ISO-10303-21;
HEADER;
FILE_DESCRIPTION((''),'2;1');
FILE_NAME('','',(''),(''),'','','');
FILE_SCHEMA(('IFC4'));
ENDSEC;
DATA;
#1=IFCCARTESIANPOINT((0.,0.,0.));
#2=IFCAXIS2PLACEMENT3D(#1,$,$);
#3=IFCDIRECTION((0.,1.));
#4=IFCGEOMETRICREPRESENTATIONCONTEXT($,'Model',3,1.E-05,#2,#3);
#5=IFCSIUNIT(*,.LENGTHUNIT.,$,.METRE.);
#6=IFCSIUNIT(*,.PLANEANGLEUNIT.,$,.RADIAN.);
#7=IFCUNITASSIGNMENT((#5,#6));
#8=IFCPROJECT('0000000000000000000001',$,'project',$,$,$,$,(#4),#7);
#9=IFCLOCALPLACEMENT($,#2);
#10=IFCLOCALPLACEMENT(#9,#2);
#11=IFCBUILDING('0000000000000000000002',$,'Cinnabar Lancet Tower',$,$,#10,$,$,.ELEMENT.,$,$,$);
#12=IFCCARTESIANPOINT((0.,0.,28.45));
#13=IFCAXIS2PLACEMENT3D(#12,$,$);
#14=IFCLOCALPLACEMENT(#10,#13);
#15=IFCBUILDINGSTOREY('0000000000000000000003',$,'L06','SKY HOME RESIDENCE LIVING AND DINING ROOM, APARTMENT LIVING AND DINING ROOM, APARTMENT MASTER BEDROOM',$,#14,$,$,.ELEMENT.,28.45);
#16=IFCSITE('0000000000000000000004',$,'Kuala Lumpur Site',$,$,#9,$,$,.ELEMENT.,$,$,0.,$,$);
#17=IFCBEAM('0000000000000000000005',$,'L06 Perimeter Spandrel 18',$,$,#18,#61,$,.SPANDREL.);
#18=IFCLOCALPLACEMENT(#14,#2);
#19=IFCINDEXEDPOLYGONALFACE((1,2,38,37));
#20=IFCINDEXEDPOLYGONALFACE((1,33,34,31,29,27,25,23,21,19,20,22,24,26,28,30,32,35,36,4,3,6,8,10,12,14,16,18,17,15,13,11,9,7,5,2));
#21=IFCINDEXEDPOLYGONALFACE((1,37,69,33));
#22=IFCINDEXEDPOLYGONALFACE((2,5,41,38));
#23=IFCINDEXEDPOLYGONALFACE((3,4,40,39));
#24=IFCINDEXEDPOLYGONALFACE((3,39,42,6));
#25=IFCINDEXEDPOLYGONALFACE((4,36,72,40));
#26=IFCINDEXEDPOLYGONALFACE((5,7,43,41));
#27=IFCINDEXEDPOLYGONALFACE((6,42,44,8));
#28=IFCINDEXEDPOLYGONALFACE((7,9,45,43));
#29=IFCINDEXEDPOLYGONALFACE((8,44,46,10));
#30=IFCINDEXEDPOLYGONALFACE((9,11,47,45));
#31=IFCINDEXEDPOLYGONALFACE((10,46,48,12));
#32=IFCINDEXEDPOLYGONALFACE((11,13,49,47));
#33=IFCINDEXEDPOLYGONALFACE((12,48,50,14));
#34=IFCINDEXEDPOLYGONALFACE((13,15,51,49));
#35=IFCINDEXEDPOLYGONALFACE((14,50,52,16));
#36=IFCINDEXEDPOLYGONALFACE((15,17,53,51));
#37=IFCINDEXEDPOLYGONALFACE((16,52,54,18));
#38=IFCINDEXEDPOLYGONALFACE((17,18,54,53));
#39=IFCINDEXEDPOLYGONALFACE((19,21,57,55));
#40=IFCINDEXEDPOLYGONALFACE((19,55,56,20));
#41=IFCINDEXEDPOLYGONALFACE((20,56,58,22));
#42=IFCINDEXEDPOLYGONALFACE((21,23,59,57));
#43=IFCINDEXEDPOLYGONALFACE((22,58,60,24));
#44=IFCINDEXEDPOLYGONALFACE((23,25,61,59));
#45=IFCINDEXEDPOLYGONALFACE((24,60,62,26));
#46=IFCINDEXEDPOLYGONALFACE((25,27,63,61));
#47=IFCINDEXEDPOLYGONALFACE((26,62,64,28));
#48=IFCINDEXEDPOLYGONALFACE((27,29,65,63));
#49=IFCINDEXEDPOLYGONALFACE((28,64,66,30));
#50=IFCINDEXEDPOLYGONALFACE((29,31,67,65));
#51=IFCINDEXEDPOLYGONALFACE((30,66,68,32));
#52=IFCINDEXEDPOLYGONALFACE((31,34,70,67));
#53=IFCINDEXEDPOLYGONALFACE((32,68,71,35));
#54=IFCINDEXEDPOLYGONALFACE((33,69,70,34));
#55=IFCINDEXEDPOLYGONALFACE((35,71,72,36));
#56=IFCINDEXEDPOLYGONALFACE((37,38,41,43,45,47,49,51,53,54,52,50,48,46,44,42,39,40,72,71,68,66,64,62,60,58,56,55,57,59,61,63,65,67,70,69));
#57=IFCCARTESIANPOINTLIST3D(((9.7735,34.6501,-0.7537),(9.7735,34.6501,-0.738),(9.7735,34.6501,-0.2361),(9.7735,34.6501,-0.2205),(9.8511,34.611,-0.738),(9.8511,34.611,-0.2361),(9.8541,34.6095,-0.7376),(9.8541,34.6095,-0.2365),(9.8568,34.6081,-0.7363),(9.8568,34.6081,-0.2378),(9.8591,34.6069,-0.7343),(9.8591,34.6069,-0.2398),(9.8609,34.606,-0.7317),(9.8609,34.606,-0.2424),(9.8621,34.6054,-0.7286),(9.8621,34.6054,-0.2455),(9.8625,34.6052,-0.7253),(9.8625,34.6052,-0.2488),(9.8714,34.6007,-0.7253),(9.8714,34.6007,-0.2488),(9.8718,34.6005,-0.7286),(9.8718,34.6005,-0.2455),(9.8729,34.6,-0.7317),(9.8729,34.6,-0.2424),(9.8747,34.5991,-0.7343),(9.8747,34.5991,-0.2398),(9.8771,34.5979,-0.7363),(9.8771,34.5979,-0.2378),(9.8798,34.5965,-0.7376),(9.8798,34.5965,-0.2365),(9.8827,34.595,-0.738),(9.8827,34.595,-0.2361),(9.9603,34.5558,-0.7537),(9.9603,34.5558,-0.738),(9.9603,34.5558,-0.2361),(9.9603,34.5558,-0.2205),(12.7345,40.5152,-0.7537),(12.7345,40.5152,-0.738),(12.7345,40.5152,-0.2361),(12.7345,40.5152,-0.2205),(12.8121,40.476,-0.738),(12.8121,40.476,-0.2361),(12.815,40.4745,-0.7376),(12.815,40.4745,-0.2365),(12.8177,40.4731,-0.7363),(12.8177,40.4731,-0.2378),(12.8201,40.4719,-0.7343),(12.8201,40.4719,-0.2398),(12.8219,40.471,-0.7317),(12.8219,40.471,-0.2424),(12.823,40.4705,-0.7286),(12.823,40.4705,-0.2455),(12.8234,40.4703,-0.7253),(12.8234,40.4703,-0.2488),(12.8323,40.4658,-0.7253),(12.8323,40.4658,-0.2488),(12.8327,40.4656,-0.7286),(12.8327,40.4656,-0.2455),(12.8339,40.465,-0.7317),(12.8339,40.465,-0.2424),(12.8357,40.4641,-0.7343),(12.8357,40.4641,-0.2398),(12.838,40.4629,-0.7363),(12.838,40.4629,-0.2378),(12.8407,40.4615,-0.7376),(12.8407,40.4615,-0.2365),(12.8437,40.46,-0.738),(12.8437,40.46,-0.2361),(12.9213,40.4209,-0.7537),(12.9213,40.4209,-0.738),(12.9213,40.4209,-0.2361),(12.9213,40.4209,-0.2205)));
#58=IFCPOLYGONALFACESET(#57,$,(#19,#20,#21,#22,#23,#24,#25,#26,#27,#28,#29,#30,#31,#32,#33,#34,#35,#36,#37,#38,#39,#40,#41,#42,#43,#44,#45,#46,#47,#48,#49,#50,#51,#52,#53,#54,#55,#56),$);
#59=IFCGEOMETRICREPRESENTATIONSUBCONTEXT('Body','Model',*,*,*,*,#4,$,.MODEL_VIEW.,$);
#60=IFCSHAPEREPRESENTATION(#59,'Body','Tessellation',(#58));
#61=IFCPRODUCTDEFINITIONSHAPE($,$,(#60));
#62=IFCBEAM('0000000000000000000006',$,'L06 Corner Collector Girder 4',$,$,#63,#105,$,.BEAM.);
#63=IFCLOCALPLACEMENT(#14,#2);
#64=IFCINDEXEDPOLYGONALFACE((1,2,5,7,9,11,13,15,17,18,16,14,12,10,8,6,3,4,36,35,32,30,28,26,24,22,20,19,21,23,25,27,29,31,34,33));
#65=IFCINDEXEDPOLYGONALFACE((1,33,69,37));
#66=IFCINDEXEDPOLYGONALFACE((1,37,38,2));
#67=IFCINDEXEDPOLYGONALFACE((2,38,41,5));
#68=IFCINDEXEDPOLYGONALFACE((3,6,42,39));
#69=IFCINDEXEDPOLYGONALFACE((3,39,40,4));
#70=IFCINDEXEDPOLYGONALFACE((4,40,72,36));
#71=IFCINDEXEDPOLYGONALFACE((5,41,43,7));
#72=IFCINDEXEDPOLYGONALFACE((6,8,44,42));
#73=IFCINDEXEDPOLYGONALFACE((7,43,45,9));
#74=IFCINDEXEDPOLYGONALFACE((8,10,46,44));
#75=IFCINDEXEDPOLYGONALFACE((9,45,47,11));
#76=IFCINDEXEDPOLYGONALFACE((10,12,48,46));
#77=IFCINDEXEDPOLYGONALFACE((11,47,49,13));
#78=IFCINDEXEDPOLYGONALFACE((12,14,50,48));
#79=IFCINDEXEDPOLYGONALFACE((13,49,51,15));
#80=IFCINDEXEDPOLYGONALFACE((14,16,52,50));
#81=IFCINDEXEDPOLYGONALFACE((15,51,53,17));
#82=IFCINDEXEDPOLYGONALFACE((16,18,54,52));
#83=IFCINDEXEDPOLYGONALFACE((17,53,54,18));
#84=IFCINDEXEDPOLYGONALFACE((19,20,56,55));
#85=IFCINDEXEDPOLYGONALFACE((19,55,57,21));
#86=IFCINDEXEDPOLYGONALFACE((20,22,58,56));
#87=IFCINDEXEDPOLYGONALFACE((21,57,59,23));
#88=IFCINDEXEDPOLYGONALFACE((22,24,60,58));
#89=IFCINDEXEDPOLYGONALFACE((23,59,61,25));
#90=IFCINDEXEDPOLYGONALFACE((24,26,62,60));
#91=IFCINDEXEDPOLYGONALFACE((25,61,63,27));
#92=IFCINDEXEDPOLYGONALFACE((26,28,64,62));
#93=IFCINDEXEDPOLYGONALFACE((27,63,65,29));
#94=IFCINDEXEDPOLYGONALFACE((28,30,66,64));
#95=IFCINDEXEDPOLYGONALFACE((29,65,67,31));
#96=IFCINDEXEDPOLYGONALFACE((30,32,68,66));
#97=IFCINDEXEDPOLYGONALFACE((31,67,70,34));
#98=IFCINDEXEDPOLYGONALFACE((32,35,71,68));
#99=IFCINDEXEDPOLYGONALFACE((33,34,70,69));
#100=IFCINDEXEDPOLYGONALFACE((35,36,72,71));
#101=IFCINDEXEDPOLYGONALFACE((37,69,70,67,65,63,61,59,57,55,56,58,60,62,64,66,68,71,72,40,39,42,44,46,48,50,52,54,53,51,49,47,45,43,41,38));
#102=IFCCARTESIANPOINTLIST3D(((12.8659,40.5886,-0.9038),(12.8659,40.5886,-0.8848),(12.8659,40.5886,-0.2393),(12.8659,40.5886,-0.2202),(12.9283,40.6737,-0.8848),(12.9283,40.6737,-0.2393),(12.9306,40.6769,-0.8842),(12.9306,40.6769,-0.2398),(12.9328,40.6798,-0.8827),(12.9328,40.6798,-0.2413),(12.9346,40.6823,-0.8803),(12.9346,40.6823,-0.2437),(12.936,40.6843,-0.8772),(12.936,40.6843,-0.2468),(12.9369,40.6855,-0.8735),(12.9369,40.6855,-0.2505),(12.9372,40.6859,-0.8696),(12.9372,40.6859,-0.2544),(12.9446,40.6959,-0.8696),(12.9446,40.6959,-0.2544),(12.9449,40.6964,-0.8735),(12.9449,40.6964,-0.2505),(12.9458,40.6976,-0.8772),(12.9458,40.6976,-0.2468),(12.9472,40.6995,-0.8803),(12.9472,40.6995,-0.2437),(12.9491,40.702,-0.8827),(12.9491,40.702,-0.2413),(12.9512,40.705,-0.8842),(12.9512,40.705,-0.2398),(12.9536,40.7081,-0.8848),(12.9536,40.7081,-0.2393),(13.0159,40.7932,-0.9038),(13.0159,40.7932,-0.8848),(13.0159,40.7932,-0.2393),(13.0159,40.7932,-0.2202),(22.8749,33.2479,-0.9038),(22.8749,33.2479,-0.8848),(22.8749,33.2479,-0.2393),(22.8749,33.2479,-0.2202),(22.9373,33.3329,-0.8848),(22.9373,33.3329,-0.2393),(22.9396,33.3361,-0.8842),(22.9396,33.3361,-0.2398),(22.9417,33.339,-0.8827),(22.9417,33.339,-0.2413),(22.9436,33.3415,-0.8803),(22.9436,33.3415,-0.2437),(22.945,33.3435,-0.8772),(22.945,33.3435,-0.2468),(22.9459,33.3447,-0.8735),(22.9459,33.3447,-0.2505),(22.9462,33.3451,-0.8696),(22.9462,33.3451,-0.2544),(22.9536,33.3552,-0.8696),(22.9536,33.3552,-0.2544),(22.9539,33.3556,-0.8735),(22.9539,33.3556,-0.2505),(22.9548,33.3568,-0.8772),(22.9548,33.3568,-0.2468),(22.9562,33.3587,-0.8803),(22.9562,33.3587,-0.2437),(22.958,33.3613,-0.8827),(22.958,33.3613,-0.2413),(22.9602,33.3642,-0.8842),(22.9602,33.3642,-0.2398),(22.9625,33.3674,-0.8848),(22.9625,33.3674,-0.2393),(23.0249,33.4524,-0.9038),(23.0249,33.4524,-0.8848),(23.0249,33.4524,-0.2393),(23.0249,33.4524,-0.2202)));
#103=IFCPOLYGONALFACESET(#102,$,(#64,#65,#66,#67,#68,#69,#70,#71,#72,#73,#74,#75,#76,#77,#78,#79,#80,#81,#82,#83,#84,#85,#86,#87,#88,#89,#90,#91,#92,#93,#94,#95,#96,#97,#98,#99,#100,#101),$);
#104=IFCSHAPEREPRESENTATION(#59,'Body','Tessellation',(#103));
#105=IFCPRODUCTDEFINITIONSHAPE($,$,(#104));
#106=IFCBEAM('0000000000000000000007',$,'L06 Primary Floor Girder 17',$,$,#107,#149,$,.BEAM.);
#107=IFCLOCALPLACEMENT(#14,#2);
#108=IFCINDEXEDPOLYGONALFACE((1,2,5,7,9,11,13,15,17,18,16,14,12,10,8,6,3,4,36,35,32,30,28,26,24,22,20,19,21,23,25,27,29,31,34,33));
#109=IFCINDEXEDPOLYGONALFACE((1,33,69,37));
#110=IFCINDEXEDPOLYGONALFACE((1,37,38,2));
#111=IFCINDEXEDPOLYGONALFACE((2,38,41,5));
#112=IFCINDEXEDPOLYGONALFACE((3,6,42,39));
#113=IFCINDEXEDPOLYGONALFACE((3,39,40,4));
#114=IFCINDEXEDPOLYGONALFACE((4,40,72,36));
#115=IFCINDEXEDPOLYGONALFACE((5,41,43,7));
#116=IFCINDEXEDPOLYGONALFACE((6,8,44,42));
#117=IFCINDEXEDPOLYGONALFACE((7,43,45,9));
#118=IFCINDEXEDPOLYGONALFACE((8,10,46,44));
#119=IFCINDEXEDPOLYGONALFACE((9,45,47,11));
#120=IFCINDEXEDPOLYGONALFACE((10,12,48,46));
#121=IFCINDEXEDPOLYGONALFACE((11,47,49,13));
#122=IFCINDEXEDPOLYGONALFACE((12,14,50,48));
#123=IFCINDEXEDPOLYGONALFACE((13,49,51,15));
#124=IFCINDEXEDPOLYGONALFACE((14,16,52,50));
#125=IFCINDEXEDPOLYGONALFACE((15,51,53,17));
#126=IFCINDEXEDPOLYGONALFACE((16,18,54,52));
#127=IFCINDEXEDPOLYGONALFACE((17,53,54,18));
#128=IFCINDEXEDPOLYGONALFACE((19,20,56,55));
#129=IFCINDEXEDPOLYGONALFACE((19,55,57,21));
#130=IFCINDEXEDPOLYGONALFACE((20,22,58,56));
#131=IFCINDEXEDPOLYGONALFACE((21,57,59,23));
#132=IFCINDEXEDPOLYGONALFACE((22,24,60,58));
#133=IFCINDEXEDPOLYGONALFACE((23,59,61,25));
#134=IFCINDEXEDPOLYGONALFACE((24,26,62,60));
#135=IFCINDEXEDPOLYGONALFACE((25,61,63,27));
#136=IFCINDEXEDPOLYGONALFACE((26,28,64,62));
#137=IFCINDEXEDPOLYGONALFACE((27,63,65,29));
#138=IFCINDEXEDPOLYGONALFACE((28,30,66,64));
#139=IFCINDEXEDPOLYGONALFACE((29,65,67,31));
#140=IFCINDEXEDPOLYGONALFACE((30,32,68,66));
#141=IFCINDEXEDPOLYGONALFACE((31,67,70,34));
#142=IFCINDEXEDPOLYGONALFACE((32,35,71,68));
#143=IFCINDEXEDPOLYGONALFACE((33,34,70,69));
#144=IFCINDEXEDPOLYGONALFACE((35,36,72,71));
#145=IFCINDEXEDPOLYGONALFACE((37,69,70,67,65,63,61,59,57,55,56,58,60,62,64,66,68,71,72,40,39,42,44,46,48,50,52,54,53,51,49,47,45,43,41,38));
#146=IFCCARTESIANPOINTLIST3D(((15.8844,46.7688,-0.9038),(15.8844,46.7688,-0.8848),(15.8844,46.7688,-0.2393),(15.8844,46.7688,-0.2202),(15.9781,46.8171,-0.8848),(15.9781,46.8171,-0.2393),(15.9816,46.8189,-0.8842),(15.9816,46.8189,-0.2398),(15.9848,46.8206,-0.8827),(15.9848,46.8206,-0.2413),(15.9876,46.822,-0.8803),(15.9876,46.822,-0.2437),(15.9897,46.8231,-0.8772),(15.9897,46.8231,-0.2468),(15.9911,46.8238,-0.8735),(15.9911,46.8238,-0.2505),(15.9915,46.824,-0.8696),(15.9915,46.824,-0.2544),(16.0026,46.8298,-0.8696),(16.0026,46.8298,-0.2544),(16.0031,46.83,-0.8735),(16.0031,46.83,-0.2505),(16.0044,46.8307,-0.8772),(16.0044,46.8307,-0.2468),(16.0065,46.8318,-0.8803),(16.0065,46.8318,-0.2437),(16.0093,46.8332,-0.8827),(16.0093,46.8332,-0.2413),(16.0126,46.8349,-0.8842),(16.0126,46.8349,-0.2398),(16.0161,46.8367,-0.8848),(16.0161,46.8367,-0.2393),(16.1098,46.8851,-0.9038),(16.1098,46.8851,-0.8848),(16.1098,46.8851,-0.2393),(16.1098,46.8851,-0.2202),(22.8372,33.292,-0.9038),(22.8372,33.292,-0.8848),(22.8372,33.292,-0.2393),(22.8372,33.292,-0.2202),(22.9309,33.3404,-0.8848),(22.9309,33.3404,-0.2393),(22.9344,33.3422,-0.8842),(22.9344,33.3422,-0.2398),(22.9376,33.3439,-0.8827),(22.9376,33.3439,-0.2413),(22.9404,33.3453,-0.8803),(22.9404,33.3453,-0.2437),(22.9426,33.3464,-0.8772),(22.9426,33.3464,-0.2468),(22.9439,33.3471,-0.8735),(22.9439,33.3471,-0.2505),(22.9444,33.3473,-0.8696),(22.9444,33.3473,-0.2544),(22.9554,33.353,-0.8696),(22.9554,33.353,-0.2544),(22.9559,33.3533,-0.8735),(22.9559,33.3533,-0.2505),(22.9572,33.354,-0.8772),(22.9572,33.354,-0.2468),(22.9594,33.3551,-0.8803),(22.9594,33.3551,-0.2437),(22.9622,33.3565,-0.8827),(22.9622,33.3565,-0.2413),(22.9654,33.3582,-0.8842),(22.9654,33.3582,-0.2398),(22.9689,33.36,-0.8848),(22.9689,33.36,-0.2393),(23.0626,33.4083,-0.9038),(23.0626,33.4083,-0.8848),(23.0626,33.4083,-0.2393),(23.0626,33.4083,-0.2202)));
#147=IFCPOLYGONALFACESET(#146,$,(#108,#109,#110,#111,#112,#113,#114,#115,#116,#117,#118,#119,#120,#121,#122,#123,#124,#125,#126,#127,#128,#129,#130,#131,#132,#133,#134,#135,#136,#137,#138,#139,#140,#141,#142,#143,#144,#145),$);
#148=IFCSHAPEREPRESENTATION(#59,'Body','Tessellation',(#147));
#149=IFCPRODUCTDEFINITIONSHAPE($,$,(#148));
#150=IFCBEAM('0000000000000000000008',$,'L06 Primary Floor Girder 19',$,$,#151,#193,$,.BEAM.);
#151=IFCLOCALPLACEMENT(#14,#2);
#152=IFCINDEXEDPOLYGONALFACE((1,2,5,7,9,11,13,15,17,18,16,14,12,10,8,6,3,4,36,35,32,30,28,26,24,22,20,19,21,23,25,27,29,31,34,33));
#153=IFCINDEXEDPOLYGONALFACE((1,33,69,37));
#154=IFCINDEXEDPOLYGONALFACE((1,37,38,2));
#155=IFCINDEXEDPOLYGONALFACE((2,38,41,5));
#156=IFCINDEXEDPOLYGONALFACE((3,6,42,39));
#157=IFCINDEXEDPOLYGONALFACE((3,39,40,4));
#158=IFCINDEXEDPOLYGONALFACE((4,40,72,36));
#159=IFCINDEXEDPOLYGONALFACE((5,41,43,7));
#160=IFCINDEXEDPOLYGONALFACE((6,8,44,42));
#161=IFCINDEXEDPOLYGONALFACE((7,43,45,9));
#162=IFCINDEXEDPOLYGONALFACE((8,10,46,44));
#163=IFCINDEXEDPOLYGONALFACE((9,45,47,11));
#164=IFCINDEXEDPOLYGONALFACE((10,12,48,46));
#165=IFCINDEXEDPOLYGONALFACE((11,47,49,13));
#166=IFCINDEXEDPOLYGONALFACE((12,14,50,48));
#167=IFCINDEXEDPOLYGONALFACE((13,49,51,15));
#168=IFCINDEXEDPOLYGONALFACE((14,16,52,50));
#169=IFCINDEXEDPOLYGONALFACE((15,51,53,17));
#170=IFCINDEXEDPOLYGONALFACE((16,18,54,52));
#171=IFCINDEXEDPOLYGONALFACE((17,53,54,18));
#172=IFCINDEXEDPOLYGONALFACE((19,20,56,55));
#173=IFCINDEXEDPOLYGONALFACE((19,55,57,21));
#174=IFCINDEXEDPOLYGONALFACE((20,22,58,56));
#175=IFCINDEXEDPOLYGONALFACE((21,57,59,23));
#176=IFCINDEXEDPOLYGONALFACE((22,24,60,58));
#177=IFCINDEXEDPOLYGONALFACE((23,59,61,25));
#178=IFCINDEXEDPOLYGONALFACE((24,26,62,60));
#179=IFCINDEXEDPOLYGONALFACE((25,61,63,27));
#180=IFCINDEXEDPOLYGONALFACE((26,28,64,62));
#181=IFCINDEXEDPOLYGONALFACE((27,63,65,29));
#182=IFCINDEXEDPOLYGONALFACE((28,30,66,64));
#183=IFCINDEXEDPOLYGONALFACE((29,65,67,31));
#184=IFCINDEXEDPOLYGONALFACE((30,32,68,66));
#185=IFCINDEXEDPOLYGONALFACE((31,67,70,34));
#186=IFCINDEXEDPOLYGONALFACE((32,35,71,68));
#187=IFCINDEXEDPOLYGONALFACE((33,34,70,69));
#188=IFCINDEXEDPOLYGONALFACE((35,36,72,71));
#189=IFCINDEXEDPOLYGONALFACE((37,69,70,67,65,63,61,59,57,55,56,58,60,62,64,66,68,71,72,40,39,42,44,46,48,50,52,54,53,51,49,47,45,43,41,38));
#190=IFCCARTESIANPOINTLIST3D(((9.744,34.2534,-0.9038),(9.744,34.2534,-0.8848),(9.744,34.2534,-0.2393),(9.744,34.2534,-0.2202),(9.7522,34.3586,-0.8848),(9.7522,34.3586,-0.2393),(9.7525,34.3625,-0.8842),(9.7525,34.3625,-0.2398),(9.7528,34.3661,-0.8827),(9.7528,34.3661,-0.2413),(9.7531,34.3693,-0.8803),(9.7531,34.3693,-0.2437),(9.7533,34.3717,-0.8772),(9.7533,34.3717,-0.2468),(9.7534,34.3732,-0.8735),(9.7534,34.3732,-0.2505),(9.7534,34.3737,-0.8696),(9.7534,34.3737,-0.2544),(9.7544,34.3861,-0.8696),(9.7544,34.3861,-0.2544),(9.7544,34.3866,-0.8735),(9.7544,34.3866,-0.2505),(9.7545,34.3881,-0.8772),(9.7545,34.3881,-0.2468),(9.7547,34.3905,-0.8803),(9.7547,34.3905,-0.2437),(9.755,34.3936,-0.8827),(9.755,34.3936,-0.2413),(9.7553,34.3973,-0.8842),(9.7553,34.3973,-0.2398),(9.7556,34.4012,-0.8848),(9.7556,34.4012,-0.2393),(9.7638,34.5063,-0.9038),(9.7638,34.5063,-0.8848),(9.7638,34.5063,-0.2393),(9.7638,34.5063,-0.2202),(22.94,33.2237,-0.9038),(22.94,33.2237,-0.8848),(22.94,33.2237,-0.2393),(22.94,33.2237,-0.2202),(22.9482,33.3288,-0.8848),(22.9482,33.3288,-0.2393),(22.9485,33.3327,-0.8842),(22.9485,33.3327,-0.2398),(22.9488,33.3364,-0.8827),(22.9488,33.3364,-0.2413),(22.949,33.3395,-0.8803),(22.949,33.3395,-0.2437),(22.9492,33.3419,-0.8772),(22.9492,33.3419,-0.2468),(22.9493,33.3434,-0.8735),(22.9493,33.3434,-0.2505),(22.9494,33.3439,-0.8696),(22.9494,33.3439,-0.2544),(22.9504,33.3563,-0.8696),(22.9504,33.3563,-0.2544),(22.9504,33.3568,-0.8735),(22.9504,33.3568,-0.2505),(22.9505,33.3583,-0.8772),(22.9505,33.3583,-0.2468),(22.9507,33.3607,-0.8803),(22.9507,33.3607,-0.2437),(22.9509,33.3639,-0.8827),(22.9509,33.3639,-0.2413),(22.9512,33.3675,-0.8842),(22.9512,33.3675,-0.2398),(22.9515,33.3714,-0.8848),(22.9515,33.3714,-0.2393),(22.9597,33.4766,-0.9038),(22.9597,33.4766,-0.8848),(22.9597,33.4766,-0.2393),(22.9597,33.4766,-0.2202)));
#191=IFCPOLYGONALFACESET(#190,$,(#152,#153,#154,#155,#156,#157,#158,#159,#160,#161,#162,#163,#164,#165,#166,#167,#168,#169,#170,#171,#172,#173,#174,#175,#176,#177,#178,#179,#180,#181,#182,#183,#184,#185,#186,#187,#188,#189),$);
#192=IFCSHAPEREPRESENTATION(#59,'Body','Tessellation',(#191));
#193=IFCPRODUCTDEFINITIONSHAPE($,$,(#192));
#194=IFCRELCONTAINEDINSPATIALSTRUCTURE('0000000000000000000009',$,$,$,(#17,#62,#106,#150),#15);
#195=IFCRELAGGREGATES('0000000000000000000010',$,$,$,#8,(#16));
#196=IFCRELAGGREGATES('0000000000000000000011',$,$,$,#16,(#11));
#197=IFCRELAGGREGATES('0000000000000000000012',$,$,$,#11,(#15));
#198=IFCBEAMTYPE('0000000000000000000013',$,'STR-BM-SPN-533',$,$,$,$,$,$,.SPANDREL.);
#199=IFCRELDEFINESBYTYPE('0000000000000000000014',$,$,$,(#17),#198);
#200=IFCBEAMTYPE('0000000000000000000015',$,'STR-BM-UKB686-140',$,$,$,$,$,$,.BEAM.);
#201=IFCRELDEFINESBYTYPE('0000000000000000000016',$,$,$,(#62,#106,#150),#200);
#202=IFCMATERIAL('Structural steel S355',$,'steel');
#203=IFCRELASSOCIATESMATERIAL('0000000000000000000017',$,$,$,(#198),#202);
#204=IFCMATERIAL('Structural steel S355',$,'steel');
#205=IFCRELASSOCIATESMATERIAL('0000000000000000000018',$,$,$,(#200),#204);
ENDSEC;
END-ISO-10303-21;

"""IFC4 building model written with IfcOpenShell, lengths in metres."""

from ifc_helpers import new_model, si_unit, direction, frame, origin, origin_2d, place, context, subcontext, project, spatial, i_section, extrude, material, material_profile, profile_set, type_object, element, save


model = new_model("IFC4")

# Units and contexts
model_context = context("Model", 3, precision=1e-05, world=origin(), true_north=direction((0.0, 1.0)))
body_context = subcontext(model_context, "Body", "Model", "MODEL_VIEW")
ifc_project = project(units=[si_unit("LENGTHUNIT", "METRE"), si_unit("PLANEANGLEUNIT", "RADIAN")], contexts=[model_context])

# Site, building, storey
site_placement = place(None, origin())
site = spatial("IfcSite", under=ifc_project, at=site_placement, Name="Kuala Lumpur Site", CompositionType="ELEMENT", RefElevation=0.0)
building_placement = place(site_placement, origin())
building = spatial("IfcBuilding", under=site, at=building_placement, Name="Cinnabar Lancet Tower", CompositionType="ELEMENT")
storey_placement = place(building_placement, frame((0.0, 0.0, 28.45)))
storey = spatial("IfcBuildingStorey", under=building, at=storey_placement, Name="L06", Description="SKY HOME RESIDENCE LIVING AND DINING ROOM, APARTMENT LIVING AND DINING ROOM, APARTMENT MASTER BEDROOM", CompositionType="ELEMENT", Elevation=28.45)

# Beams
ifc_material_1 = material(Name="Structural steel S355", Category="steel")
ifc_material_profile_1 = material_profile(ifc_material_1, i_section(OverallWidth=0.2092, OverallDepth=0.5332, WebThickness=0.01, FlangeThickness=0.0156, FilletRadius=0.0127, at=origin_2d()), Name="UKB 533x210x92")
ifc_profile_set_1 = profile_set([ifc_material_profile_1], Name="Structural steel S355")
beam_type_1 = type_object("IfcBeamType", Name="STR-BM-SPN-533", PredefinedType="SPANDREL", material=ifc_profile_set_1)
beam_1_placement = place(storey_placement, frame((12.8279, 40.468, -0.4871), z_axis=(-0.450674, -0.892689, 0.0), x_axis=(0.892689, -0.450674, 0.0)))
element("IfcBeam", 1, at=beam_1_placement, inside=storey, type_object=beam_type_1, Name="L06 Perimeter Spandrel 18", PredefinedType="SPANDREL", context=body_context, shape_type="SweptSolid", body=[
    extrude(i_section(OverallWidth=0.2092, OverallDepth=0.5332, WebThickness=0.01, FlangeThickness=0.0156, FilletRadius=0.0127, at=origin_2d()), origin(), (0.0, 0.0, 1.0), 6.5701),
])
ifc_material_2 = material(Name="Structural steel S355", Category="steel")
ifc_material_profile_2 = material_profile(ifc_material_2, i_section(OverallWidth=0.2537, OverallDepth=0.6836, WebThickness=0.0125, FlangeThickness=0.019, FilletRadius=0.0151, at=origin_2d()), Name="UKB 686x254x140")
ifc_profile_set_2 = profile_set([ifc_material_profile_2], Name="Structural steel S355")
beam_type_2 = type_object("IfcBeamType", Name="STR-BM-UKB686-140", PredefinedType="BEAM", material=ifc_profile_set_2)
beam_2_placement = place(storey_placement, frame((12.9409, 40.6909, -0.562), z_axis=(0.806372, -0.591409, 0.0), x_axis=(0.591409, 0.806372, 0.0)))
element("IfcBeam", 2, at=beam_2_placement, inside=storey, type_object=beam_type_2, Name="L06 Corner Collector Girder 4", PredefinedType="BEAM", context=body_context, shape_type="SweptSolid", body=[
    extrude(i_section(OverallWidth=0.2537, OverallDepth=0.6836, WebThickness=0.0125, FlangeThickness=0.019, FilletRadius=0.0151, at=origin_2d()), origin(), (0.0, 0.0, 1.0), 12.4124),
])
beam_3_placement = place(storey_placement, frame((15.9971, 46.8269, -0.562), z_axis=(0.458492, -0.888698, 0.0), x_axis=(0.888698, 0.458492, 0.0)))
element("IfcBeam", 3, at=beam_3_placement, inside=storey, type_object=beam_type_2, Name="L06 Primary Floor Girder 17", PredefinedType="BEAM", context=body_context, shape_type="SweptSolid", body=[
    extrude(i_section(OverallWidth=0.2537, OverallDepth=0.6836, WebThickness=0.0125, FlangeThickness=0.019, FilletRadius=0.0151, at=origin_2d()), origin(), (0.0, 0.0, 1.0), 15.1646),
])
beam_4_placement = place(storey_placement, frame((9.7539, 34.3799, -0.562), z_axis=(0.996969, -0.077801, 0.0), x_axis=(0.077801, 0.996969, 0.0)))
element("IfcBeam", 4, at=beam_4_placement, inside=storey, type_object=beam_type_2, Name="L06 Primary Floor Girder 19", PredefinedType="BEAM", context=body_context, shape_type="SweptSolid", body=[
    extrude(i_section(OverallWidth=0.2537, OverallDepth=0.6836, WebThickness=0.0125, FlangeThickness=0.019, FilletRadius=0.0151, at=origin_2d()), origin(), (0.0, 0.0, 1.0), 13.2361),
])

save(model, "model.ifc")
